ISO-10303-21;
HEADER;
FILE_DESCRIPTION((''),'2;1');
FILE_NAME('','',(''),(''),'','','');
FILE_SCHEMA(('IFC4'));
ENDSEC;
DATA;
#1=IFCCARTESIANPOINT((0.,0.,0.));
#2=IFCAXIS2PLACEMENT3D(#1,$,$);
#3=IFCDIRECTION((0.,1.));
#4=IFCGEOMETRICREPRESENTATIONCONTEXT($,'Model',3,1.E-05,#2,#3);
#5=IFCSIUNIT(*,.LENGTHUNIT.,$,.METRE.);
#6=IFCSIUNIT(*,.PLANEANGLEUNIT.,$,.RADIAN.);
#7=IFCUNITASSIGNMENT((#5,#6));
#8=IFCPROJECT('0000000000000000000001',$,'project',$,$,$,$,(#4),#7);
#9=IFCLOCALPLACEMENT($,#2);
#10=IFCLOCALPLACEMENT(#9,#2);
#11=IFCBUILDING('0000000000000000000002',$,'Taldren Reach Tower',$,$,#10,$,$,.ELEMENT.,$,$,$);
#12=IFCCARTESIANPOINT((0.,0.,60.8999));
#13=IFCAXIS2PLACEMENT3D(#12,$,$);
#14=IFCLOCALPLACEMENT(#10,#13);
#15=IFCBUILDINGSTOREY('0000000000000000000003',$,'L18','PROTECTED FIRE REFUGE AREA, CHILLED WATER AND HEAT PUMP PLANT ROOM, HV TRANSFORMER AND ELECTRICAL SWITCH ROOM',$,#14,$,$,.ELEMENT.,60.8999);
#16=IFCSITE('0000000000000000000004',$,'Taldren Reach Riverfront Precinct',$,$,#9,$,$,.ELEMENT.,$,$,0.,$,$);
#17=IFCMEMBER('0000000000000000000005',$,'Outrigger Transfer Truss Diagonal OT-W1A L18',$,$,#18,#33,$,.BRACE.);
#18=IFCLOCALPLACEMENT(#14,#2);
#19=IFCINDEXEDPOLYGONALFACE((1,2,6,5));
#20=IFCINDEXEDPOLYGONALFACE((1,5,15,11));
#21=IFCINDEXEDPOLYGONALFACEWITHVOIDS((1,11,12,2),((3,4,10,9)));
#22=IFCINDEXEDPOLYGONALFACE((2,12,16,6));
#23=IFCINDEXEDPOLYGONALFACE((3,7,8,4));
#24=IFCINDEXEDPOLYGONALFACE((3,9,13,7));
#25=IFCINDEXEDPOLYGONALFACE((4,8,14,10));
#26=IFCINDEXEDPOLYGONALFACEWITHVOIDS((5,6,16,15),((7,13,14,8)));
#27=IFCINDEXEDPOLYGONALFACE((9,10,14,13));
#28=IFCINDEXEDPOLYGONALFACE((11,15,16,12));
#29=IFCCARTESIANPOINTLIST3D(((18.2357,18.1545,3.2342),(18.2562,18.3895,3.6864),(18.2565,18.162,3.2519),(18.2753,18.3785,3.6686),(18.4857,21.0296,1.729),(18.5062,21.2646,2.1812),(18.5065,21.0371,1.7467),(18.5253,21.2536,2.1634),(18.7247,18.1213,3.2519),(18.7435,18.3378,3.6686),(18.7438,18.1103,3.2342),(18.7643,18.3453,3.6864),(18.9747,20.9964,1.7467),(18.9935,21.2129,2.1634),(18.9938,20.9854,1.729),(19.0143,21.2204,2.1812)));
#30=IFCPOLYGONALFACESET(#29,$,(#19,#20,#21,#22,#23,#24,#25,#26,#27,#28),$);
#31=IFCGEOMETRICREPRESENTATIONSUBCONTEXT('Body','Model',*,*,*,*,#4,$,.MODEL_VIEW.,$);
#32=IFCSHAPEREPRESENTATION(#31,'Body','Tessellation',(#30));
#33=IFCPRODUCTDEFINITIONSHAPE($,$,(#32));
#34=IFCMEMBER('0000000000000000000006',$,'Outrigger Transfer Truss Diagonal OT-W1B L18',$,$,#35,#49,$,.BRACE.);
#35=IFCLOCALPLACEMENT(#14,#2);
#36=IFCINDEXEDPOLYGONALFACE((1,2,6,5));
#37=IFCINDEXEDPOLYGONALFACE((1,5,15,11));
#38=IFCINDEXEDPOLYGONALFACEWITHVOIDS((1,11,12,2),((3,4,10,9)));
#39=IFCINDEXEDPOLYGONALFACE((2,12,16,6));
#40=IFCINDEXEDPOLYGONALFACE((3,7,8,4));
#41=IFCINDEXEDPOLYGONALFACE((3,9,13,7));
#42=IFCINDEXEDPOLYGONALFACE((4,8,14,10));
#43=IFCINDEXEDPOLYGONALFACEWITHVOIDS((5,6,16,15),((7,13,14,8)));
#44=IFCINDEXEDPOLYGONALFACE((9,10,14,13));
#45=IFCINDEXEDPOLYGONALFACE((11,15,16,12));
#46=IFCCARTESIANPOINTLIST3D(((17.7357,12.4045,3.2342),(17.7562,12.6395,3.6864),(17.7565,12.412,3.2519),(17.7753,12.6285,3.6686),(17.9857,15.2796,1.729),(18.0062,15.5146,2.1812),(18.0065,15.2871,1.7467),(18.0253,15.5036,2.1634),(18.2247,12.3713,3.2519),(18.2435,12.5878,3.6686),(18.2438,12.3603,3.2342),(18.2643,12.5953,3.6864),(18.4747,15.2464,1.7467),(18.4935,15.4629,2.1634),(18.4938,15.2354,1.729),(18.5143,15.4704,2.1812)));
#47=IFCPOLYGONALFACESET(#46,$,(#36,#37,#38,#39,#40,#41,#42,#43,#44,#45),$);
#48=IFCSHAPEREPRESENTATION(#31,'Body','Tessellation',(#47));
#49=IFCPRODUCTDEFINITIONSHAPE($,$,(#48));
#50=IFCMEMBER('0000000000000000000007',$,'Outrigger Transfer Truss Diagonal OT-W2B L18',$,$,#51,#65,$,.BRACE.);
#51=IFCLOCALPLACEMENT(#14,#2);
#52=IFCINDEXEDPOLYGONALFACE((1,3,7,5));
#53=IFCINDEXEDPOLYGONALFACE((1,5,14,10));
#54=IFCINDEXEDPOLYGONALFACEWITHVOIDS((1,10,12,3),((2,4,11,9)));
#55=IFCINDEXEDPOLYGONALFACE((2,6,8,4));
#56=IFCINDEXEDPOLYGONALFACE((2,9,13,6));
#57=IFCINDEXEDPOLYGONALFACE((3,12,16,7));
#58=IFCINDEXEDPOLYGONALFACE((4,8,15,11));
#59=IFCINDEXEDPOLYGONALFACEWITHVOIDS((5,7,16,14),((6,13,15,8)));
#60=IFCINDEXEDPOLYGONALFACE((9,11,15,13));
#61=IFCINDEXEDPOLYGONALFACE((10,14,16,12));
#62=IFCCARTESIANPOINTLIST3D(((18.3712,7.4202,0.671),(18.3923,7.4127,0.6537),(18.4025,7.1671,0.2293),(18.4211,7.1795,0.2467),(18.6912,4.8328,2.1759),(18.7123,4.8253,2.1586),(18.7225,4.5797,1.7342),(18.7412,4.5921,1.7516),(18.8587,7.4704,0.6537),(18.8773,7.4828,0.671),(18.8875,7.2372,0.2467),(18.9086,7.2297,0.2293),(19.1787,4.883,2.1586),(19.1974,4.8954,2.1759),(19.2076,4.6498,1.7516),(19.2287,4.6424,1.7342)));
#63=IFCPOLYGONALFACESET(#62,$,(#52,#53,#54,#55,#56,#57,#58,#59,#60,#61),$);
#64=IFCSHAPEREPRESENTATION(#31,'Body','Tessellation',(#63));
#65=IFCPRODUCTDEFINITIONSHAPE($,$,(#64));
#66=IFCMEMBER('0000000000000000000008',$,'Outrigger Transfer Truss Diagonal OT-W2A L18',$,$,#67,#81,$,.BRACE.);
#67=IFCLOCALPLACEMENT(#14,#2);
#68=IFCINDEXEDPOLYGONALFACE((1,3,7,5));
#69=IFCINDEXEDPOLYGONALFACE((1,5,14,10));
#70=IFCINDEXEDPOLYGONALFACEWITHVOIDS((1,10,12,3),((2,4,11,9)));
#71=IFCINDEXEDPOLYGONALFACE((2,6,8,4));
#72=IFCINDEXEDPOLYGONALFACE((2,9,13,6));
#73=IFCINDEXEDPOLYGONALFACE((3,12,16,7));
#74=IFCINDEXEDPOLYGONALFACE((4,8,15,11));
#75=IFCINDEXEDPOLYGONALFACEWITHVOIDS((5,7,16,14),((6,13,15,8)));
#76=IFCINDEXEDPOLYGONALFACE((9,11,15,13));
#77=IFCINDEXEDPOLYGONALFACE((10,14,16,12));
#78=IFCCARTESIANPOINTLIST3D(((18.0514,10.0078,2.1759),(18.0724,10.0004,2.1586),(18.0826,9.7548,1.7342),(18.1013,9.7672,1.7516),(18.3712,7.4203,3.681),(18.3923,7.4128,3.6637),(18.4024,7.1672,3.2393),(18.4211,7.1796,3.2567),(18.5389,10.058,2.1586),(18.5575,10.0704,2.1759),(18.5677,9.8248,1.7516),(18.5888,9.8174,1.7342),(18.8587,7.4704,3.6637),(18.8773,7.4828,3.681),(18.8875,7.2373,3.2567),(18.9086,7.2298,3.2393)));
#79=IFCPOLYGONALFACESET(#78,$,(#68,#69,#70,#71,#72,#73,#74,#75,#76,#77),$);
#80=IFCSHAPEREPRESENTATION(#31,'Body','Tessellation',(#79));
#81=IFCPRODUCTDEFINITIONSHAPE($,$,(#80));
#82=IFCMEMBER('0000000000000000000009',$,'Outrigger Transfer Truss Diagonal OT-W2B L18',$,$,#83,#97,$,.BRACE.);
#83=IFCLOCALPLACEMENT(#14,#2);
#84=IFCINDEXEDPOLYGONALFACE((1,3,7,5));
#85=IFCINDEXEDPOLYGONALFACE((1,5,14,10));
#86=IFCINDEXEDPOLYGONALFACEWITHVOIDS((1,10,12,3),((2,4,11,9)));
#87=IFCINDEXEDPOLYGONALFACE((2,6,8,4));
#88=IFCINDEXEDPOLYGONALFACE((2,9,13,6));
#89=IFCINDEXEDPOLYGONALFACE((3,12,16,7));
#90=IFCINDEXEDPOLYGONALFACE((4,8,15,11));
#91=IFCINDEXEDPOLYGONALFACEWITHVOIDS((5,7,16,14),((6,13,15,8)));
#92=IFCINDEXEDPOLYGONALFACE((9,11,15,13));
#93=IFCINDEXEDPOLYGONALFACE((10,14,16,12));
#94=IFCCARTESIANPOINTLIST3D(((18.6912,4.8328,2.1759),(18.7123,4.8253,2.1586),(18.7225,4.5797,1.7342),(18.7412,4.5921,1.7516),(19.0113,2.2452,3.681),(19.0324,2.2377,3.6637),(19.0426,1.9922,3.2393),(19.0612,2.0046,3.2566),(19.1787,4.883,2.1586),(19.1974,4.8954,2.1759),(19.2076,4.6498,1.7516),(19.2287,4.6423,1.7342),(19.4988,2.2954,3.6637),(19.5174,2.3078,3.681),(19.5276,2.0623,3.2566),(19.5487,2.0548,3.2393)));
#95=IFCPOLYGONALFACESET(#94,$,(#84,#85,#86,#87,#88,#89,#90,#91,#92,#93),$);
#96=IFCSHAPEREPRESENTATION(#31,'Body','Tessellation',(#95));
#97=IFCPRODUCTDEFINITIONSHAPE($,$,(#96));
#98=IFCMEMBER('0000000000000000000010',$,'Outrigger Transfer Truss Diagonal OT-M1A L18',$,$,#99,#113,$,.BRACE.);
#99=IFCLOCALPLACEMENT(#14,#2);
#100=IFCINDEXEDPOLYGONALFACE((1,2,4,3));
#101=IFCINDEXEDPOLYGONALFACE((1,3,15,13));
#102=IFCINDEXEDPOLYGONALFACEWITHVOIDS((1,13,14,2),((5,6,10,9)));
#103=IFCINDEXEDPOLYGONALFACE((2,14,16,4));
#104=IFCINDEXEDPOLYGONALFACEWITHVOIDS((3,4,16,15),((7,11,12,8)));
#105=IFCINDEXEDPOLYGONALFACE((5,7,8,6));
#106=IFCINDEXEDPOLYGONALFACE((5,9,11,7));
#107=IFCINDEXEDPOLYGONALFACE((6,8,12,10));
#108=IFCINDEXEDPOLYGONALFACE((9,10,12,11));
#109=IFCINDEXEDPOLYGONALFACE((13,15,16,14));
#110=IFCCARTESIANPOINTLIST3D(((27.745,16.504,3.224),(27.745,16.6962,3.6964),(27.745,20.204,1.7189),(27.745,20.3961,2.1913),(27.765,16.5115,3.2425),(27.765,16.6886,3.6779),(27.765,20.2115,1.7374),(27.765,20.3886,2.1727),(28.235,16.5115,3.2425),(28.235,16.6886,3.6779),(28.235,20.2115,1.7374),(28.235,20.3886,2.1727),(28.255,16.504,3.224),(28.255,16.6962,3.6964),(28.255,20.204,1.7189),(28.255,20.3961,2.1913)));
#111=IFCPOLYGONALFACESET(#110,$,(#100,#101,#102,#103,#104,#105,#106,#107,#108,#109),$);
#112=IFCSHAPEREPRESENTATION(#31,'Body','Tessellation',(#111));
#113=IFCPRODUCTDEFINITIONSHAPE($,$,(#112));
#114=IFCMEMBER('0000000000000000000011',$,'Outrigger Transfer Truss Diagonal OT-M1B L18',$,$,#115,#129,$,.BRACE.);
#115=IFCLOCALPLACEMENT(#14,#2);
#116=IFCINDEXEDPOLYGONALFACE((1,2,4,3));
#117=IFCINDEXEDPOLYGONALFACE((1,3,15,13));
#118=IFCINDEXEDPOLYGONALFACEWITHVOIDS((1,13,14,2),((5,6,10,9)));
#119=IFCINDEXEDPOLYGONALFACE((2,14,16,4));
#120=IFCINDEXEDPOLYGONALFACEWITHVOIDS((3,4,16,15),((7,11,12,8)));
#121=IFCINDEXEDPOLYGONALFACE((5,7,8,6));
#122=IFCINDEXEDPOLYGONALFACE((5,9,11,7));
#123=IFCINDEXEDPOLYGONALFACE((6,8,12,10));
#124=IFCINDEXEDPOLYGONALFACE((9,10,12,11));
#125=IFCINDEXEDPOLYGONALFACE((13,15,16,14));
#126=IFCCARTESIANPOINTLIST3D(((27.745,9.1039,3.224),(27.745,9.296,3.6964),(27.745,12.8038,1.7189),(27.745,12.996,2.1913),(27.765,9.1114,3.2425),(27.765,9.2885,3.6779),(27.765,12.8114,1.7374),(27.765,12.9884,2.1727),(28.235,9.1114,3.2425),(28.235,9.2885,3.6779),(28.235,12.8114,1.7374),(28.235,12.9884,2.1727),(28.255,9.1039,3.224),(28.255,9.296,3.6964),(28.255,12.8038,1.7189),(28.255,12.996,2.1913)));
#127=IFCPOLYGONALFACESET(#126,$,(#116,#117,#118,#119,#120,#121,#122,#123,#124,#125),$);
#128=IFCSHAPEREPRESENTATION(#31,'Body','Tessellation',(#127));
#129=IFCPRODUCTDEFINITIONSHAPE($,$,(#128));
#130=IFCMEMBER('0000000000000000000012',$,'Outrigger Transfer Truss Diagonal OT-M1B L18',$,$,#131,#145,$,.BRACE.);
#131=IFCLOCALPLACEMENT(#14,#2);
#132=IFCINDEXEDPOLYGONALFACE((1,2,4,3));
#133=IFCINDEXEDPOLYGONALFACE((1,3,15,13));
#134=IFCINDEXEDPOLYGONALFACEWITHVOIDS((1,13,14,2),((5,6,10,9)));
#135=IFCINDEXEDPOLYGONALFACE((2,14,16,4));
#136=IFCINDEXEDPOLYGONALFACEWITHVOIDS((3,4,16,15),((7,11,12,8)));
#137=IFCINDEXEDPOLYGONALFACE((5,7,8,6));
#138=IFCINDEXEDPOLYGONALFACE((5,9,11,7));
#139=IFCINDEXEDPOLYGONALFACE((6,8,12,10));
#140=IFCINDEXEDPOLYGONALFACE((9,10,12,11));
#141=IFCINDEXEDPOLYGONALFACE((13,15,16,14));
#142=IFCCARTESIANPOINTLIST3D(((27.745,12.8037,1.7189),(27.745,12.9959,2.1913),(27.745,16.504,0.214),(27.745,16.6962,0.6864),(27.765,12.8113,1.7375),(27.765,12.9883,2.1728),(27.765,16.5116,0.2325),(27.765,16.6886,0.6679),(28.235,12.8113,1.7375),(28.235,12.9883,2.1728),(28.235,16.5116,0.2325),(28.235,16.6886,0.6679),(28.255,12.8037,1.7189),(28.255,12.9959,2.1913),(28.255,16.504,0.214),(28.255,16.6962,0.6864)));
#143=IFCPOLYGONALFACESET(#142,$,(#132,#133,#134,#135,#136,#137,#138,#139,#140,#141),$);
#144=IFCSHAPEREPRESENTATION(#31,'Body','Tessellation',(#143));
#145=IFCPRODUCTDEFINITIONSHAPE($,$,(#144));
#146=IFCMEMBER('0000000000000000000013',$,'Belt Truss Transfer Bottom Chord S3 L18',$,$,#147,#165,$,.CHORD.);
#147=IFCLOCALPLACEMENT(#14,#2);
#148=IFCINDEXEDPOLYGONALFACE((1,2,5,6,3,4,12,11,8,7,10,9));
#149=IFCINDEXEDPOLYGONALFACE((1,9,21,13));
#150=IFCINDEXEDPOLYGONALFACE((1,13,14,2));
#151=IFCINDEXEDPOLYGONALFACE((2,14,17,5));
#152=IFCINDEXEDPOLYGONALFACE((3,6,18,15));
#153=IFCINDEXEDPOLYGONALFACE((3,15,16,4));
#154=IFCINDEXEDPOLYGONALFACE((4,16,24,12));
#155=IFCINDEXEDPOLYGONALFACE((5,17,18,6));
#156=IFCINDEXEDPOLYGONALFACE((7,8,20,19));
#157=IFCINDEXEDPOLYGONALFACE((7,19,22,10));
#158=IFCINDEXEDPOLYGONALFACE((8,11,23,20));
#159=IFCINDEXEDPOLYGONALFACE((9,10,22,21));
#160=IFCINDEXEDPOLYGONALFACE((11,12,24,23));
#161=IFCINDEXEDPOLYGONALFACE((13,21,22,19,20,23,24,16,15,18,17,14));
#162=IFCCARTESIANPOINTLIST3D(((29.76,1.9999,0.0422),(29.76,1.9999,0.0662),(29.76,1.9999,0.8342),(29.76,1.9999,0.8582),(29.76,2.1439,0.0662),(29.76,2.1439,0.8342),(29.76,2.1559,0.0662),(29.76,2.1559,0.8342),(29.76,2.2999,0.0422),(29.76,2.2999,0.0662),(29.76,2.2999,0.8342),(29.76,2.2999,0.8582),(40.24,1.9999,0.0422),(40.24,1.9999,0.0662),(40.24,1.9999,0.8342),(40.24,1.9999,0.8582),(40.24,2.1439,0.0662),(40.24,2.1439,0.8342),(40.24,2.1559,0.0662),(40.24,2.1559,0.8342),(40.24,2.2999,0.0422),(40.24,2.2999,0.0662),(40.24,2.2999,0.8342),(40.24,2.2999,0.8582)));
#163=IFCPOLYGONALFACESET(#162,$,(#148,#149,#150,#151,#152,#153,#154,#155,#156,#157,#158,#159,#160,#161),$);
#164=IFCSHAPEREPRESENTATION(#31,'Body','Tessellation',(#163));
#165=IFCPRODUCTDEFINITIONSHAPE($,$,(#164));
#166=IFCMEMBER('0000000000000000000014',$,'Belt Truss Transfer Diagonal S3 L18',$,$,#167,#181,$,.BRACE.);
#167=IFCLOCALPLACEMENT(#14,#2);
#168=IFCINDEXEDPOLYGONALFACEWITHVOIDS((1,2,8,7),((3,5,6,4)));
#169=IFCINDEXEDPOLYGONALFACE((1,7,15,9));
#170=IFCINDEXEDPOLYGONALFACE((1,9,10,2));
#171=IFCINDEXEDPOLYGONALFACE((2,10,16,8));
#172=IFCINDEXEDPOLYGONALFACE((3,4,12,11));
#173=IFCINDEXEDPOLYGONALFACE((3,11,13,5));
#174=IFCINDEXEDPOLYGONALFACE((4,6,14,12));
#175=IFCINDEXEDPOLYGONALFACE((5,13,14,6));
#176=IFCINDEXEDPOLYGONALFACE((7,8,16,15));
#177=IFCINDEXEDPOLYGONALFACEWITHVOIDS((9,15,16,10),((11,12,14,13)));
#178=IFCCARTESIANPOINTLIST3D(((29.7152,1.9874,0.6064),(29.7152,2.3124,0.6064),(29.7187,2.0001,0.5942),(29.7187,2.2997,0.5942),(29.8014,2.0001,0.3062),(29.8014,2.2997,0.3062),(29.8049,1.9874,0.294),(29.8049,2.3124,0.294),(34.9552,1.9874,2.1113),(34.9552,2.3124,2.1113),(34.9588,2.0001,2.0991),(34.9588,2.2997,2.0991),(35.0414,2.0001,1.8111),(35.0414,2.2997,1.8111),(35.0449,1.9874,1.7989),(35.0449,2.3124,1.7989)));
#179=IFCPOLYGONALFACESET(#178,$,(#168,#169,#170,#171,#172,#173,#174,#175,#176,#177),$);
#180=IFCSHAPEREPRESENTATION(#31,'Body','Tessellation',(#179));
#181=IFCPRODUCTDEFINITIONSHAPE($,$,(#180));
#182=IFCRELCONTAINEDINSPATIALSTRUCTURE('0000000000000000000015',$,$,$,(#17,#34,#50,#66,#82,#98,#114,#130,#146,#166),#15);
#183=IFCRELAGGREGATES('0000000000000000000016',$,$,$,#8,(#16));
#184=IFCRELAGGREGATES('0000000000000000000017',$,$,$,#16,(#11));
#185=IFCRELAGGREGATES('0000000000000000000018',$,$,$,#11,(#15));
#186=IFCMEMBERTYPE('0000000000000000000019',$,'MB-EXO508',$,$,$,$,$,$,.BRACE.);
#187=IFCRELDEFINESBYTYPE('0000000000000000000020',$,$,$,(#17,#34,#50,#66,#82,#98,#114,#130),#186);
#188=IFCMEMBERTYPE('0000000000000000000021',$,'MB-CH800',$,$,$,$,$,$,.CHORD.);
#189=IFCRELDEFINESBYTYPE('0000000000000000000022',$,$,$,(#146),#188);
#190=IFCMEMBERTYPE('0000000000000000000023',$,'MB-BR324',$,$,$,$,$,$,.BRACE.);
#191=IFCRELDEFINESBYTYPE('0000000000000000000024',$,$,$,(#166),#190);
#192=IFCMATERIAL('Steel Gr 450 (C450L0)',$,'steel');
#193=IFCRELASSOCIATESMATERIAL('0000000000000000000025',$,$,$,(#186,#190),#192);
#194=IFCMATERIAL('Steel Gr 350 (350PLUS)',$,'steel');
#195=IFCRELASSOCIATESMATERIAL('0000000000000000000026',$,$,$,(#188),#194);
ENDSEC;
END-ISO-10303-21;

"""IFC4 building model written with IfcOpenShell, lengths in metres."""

from ifc_helpers import new_model, si_unit, direction, frame, origin, origin_2d, place, context, subcontext, project, spatial, hollow_rectangle, i_section, extrude, source, transform, mapped, material, material_profile, profile_set, type_object, element, save


model = new_model("IFC4")

# Units and contexts
model_context = context("Model", 3, precision=1e-05, world=origin(), true_north=direction((0.0, 1.0)))
body_context = subcontext(model_context, "Body", "Model", "MODEL_VIEW")
ifc_project = project(units=[si_unit("LENGTHUNIT", "METRE"), si_unit("PLANEANGLEUNIT", "RADIAN")], contexts=[model_context])

# Site, building, storey
site_placement = place(None, origin())
site = spatial("IfcSite", under=ifc_project, at=site_placement, Name="Taldren Reach Riverfront Precinct", CompositionType="ELEMENT", RefElevation=0.0)
building_placement = place(site_placement, origin())
building = spatial("IfcBuilding", under=site, at=building_placement, Name="Taldren Reach Tower", CompositionType="ELEMENT")
storey_placement = place(building_placement, frame((0.0, 0.0, 60.8999)))
storey = spatial("IfcBuildingStorey", under=building, at=storey_placement, Name="L18", Description="PROTECTED FIRE REFUGE AREA, CHILLED WATER AND HEAT PUMP PLANT ROOM, HV TRANSFORMER AND ELECTRICAL SWITCH ROOM", CompositionType="ELEMENT", Elevation=60.8999)

# Shared definitions
ifc_material_1 = material(Name="Steel Gr 350 (350PLUS)", Category="steel")

# Shared definitions
ifc_material_2 = material(Name="Steel Gr 450 (C450L0)", Category="steel")

# Members
ifc_material_profile_1 = material_profile(ifc_material_2, hollow_rectangle(XDim=0.51, YDim=0.51, WallThickness=0.02, at=origin_2d()), Name="510x510x20.0SHS")
ifc_profile_set_1 = profile_set([ifc_material_profile_1], Name="Steel Gr 450 (C450L0)")
member_type_1 = type_object("IfcMemberType", Name="MB-EXO508", PredefinedType="BRACE", material=ifc_profile_set_1)
shared_shape_1 = source(origin(), body_context, "Body", "SweptSolid", [
    extrude(hollow_rectangle(XDim=0.51, YDim=0.51, WallThickness=0.02, at=origin_2d()), origin(), (0.0, 0.0, 1.0), 3.2549),
])
for number, where, z_axis, x_axis, name in (
    (1, (18.75, 21.125, 1.9551), (-0.07681, -0.883319, 0.462437), (0.996241, -0.08663, 0.0), "Outrigger Transfer Truss Diagonal OT-W1A L18"),
    (2, (18.25, 15.375, 1.9551), (-0.07681, -0.883319, 0.462437), (0.996241, -0.08663, 0.0), "Outrigger Transfer Truss Diagonal OT-W1B L18"),
):
    element("IfcMember", number, at=place(storey_placement, frame(where, z_axis=z_axis, x_axis=x_axis)), inside=storey, type_object=member_type_1, Name=name, PredefinedType="BRACE", context=body_context, shape_type="MappedRepresentation", body=[
        mapped(shared_shape_1, transform((0.0, 0.0, 0.0), scale=1.0)),
    ])
shared_shape_2 = source(origin(), body_context, "Body", "SweptSolid", [
    extrude(hollow_rectangle(XDim=0.51, YDim=0.51, WallThickness=0.02, at=origin_2d()), origin(), (0.0, 0.0, 1.0), 3.0103),
])
member_1_placement = place(storey_placement, frame((18.6399, 7.325, 0.4502), z_axis=(0.106325, -0.859523, 0.499915), x_axis=(0.992436, 0.122767, 0.0)))
element("IfcMember", 3, at=member_1_placement, inside=storey, type_object=member_type_1, Name="Outrigger Transfer Truss Diagonal OT-W2B L18", PredefinedType="BRACE", context=body_context, shape_type="MappedRepresentation", body=[
    mapped(shared_shape_2, transform((0.0, 0.0, 0.0), scale=1.0)),
])
shared_shape_3 = source(origin(), body_context, "Body", "SweptSolid", [
    extrude(hollow_rectangle(XDim=0.51, YDim=0.51, WallThickness=0.02, at=origin_2d()), origin(), (0.0, 0.0, 1.0), 3.0105),
])
for number, where, z_axis, x_axis, name in (
    (4, (18.3201, 9.9126, 1.9551), (0.106233, -0.859517, 0.499945), (0.992448, 0.122663, 0.0), "Outrigger Transfer Truss Diagonal OT-W2A L18"),
    (5, (18.96, 4.7375, 1.9551), (0.106314, -0.859509, 0.499941), (0.992437, 0.122755, 0.0), "Outrigger Transfer Truss Diagonal OT-W2B L18"),
):
    element("IfcMember", number, at=place(storey_placement, frame(where, z_axis=z_axis, x_axis=x_axis)), inside=storey, type_object=member_type_1, Name=name, PredefinedType="BRACE", context=body_context, shape_type="MappedRepresentation", body=[
        mapped(shared_shape_3, transform((0.0, 0.0, 0.0), scale=1.0)),
    ])
shared_shape_4 = source(origin(), body_context, "Body", "SweptSolid", [
    extrude(hollow_rectangle(XDim=0.51, YDim=0.51, WallThickness=0.02, at=origin_2d()), origin(), (0.0, 0.0, 1.0), 3.9944),
])
for number, where, z_axis, x_axis, name in (
    (6, (28.0, 20.3, 1.9551), (0.0, -0.92629, 0.376811), (1.0, 0.0, 0.0), "Outrigger Transfer Truss Diagonal OT-M1A L18"),
    (7, (28.0, 12.8999, 1.9551), (0.0, -0.92629, 0.376811), (1.0, 0.0, 0.0), "Outrigger Transfer Truss Diagonal OT-M1B L18"),
):
    element("IfcMember", number, at=place(storey_placement, frame(where, z_axis=z_axis, x_axis=x_axis)), inside=storey, type_object=member_type_1, Name=name, PredefinedType="BRACE", context=body_context, shape_type="MappedRepresentation", body=[
        mapped(shared_shape_4, transform((0.0, 0.0, 0.0), scale=1.0)),
    ])
shared_shape_5 = source(origin(), body_context, "Body", "SweptSolid", [
    extrude(hollow_rectangle(XDim=0.51, YDim=0.51, WallThickness=0.02, at=origin_2d()), origin(), (0.0, 0.0, 1.0), 3.9946),
])
member_2_placement = place(storey_placement, frame((28.0, 16.6001, 0.4502), z_axis=(0.0, -0.92632, 0.376738), x_axis=(1.0, 0.0, 0.0)))
element("IfcMember", 8, at=member_2_placement, inside=storey, type_object=member_type_1, Name="Outrigger Transfer Truss Diagonal OT-M1B L18", PredefinedType="BRACE", context=body_context, shape_type="MappedRepresentation", body=[
    mapped(shared_shape_5, transform((0.0, 0.0, 0.0), scale=1.0)),
])
ifc_material_profile_2 = material_profile(ifc_material_1, i_section(OverallWidth=0.3, OverallDepth=0.8159, WebThickness=0.012, FlangeThickness=0.0239, at=origin_2d()), Name="800WB192")
ifc_profile_set_2 = profile_set([ifc_material_profile_2], Name="Steel Gr 350 (350PLUS)")
member_type_2 = type_object("IfcMemberType", Name="MB-CH800", PredefinedType="CHORD", material=ifc_profile_set_2)
shared_shape_6 = source(origin(), body_context, "Body", "SweptSolid", [
    extrude(i_section(OverallWidth=0.3, OverallDepth=0.8159, WebThickness=0.012, FlangeThickness=0.0239, at=origin_2d()), origin(), (0.0, 0.0, 1.0), 10.48),
])
member_3_placement = place(storey_placement, frame((29.76, 2.1499, 0.4502), z_axis=(1.0, 0.0, 0.0), x_axis=(0.0, 1.0, 0.0)))
element("IfcMember", 9, at=member_3_placement, inside=storey, type_object=member_type_2, Name="Belt Truss Transfer Bottom Chord S3 L18", PredefinedType="CHORD", context=body_context, shape_type="MappedRepresentation", body=[
    mapped(shared_shape_6, transform((0.0, 0.0, 0.0), scale=1.0)),
])
ifc_material_profile_3 = material_profile(ifc_material_2, hollow_rectangle(XDim=0.325, YDim=0.325, WallThickness=0.0127, at=origin_2d()), Name="325x325x12.7SHS")
ifc_profile_set_3 = profile_set([ifc_material_profile_3], Name="Steel Gr 450 (C450L0)")
member_type_3 = type_object("IfcMemberType", Name="MB-BR324", PredefinedType="BRACE", material=ifc_profile_set_3)
shared_shape_7 = source(origin(), body_context, "Body", "SweptSolid", [
    extrude(hollow_rectangle(XDim=0.325, YDim=0.325, WallThickness=0.0127, at=origin_2d()), origin(), (0.0, 0.0, 1.0), 5.4519),
])
member_4_placement = place(storey_placement, frame((29.76, 2.1499, 0.4502), z_axis=(0.961148, 0.0, 0.276034), x_axis=(0.0, 1.0, 0.0)))
element("IfcMember", 10, at=member_4_placement, inside=storey, type_object=member_type_3, Name="Belt Truss Transfer Diagonal S3 L18", PredefinedType="BRACE", context=body_context, shape_type="MappedRepresentation", body=[
    mapped(shared_shape_7, transform((0.0, 0.0, 0.0), scale=1.0)),
])

save(model, "model.ifc")
